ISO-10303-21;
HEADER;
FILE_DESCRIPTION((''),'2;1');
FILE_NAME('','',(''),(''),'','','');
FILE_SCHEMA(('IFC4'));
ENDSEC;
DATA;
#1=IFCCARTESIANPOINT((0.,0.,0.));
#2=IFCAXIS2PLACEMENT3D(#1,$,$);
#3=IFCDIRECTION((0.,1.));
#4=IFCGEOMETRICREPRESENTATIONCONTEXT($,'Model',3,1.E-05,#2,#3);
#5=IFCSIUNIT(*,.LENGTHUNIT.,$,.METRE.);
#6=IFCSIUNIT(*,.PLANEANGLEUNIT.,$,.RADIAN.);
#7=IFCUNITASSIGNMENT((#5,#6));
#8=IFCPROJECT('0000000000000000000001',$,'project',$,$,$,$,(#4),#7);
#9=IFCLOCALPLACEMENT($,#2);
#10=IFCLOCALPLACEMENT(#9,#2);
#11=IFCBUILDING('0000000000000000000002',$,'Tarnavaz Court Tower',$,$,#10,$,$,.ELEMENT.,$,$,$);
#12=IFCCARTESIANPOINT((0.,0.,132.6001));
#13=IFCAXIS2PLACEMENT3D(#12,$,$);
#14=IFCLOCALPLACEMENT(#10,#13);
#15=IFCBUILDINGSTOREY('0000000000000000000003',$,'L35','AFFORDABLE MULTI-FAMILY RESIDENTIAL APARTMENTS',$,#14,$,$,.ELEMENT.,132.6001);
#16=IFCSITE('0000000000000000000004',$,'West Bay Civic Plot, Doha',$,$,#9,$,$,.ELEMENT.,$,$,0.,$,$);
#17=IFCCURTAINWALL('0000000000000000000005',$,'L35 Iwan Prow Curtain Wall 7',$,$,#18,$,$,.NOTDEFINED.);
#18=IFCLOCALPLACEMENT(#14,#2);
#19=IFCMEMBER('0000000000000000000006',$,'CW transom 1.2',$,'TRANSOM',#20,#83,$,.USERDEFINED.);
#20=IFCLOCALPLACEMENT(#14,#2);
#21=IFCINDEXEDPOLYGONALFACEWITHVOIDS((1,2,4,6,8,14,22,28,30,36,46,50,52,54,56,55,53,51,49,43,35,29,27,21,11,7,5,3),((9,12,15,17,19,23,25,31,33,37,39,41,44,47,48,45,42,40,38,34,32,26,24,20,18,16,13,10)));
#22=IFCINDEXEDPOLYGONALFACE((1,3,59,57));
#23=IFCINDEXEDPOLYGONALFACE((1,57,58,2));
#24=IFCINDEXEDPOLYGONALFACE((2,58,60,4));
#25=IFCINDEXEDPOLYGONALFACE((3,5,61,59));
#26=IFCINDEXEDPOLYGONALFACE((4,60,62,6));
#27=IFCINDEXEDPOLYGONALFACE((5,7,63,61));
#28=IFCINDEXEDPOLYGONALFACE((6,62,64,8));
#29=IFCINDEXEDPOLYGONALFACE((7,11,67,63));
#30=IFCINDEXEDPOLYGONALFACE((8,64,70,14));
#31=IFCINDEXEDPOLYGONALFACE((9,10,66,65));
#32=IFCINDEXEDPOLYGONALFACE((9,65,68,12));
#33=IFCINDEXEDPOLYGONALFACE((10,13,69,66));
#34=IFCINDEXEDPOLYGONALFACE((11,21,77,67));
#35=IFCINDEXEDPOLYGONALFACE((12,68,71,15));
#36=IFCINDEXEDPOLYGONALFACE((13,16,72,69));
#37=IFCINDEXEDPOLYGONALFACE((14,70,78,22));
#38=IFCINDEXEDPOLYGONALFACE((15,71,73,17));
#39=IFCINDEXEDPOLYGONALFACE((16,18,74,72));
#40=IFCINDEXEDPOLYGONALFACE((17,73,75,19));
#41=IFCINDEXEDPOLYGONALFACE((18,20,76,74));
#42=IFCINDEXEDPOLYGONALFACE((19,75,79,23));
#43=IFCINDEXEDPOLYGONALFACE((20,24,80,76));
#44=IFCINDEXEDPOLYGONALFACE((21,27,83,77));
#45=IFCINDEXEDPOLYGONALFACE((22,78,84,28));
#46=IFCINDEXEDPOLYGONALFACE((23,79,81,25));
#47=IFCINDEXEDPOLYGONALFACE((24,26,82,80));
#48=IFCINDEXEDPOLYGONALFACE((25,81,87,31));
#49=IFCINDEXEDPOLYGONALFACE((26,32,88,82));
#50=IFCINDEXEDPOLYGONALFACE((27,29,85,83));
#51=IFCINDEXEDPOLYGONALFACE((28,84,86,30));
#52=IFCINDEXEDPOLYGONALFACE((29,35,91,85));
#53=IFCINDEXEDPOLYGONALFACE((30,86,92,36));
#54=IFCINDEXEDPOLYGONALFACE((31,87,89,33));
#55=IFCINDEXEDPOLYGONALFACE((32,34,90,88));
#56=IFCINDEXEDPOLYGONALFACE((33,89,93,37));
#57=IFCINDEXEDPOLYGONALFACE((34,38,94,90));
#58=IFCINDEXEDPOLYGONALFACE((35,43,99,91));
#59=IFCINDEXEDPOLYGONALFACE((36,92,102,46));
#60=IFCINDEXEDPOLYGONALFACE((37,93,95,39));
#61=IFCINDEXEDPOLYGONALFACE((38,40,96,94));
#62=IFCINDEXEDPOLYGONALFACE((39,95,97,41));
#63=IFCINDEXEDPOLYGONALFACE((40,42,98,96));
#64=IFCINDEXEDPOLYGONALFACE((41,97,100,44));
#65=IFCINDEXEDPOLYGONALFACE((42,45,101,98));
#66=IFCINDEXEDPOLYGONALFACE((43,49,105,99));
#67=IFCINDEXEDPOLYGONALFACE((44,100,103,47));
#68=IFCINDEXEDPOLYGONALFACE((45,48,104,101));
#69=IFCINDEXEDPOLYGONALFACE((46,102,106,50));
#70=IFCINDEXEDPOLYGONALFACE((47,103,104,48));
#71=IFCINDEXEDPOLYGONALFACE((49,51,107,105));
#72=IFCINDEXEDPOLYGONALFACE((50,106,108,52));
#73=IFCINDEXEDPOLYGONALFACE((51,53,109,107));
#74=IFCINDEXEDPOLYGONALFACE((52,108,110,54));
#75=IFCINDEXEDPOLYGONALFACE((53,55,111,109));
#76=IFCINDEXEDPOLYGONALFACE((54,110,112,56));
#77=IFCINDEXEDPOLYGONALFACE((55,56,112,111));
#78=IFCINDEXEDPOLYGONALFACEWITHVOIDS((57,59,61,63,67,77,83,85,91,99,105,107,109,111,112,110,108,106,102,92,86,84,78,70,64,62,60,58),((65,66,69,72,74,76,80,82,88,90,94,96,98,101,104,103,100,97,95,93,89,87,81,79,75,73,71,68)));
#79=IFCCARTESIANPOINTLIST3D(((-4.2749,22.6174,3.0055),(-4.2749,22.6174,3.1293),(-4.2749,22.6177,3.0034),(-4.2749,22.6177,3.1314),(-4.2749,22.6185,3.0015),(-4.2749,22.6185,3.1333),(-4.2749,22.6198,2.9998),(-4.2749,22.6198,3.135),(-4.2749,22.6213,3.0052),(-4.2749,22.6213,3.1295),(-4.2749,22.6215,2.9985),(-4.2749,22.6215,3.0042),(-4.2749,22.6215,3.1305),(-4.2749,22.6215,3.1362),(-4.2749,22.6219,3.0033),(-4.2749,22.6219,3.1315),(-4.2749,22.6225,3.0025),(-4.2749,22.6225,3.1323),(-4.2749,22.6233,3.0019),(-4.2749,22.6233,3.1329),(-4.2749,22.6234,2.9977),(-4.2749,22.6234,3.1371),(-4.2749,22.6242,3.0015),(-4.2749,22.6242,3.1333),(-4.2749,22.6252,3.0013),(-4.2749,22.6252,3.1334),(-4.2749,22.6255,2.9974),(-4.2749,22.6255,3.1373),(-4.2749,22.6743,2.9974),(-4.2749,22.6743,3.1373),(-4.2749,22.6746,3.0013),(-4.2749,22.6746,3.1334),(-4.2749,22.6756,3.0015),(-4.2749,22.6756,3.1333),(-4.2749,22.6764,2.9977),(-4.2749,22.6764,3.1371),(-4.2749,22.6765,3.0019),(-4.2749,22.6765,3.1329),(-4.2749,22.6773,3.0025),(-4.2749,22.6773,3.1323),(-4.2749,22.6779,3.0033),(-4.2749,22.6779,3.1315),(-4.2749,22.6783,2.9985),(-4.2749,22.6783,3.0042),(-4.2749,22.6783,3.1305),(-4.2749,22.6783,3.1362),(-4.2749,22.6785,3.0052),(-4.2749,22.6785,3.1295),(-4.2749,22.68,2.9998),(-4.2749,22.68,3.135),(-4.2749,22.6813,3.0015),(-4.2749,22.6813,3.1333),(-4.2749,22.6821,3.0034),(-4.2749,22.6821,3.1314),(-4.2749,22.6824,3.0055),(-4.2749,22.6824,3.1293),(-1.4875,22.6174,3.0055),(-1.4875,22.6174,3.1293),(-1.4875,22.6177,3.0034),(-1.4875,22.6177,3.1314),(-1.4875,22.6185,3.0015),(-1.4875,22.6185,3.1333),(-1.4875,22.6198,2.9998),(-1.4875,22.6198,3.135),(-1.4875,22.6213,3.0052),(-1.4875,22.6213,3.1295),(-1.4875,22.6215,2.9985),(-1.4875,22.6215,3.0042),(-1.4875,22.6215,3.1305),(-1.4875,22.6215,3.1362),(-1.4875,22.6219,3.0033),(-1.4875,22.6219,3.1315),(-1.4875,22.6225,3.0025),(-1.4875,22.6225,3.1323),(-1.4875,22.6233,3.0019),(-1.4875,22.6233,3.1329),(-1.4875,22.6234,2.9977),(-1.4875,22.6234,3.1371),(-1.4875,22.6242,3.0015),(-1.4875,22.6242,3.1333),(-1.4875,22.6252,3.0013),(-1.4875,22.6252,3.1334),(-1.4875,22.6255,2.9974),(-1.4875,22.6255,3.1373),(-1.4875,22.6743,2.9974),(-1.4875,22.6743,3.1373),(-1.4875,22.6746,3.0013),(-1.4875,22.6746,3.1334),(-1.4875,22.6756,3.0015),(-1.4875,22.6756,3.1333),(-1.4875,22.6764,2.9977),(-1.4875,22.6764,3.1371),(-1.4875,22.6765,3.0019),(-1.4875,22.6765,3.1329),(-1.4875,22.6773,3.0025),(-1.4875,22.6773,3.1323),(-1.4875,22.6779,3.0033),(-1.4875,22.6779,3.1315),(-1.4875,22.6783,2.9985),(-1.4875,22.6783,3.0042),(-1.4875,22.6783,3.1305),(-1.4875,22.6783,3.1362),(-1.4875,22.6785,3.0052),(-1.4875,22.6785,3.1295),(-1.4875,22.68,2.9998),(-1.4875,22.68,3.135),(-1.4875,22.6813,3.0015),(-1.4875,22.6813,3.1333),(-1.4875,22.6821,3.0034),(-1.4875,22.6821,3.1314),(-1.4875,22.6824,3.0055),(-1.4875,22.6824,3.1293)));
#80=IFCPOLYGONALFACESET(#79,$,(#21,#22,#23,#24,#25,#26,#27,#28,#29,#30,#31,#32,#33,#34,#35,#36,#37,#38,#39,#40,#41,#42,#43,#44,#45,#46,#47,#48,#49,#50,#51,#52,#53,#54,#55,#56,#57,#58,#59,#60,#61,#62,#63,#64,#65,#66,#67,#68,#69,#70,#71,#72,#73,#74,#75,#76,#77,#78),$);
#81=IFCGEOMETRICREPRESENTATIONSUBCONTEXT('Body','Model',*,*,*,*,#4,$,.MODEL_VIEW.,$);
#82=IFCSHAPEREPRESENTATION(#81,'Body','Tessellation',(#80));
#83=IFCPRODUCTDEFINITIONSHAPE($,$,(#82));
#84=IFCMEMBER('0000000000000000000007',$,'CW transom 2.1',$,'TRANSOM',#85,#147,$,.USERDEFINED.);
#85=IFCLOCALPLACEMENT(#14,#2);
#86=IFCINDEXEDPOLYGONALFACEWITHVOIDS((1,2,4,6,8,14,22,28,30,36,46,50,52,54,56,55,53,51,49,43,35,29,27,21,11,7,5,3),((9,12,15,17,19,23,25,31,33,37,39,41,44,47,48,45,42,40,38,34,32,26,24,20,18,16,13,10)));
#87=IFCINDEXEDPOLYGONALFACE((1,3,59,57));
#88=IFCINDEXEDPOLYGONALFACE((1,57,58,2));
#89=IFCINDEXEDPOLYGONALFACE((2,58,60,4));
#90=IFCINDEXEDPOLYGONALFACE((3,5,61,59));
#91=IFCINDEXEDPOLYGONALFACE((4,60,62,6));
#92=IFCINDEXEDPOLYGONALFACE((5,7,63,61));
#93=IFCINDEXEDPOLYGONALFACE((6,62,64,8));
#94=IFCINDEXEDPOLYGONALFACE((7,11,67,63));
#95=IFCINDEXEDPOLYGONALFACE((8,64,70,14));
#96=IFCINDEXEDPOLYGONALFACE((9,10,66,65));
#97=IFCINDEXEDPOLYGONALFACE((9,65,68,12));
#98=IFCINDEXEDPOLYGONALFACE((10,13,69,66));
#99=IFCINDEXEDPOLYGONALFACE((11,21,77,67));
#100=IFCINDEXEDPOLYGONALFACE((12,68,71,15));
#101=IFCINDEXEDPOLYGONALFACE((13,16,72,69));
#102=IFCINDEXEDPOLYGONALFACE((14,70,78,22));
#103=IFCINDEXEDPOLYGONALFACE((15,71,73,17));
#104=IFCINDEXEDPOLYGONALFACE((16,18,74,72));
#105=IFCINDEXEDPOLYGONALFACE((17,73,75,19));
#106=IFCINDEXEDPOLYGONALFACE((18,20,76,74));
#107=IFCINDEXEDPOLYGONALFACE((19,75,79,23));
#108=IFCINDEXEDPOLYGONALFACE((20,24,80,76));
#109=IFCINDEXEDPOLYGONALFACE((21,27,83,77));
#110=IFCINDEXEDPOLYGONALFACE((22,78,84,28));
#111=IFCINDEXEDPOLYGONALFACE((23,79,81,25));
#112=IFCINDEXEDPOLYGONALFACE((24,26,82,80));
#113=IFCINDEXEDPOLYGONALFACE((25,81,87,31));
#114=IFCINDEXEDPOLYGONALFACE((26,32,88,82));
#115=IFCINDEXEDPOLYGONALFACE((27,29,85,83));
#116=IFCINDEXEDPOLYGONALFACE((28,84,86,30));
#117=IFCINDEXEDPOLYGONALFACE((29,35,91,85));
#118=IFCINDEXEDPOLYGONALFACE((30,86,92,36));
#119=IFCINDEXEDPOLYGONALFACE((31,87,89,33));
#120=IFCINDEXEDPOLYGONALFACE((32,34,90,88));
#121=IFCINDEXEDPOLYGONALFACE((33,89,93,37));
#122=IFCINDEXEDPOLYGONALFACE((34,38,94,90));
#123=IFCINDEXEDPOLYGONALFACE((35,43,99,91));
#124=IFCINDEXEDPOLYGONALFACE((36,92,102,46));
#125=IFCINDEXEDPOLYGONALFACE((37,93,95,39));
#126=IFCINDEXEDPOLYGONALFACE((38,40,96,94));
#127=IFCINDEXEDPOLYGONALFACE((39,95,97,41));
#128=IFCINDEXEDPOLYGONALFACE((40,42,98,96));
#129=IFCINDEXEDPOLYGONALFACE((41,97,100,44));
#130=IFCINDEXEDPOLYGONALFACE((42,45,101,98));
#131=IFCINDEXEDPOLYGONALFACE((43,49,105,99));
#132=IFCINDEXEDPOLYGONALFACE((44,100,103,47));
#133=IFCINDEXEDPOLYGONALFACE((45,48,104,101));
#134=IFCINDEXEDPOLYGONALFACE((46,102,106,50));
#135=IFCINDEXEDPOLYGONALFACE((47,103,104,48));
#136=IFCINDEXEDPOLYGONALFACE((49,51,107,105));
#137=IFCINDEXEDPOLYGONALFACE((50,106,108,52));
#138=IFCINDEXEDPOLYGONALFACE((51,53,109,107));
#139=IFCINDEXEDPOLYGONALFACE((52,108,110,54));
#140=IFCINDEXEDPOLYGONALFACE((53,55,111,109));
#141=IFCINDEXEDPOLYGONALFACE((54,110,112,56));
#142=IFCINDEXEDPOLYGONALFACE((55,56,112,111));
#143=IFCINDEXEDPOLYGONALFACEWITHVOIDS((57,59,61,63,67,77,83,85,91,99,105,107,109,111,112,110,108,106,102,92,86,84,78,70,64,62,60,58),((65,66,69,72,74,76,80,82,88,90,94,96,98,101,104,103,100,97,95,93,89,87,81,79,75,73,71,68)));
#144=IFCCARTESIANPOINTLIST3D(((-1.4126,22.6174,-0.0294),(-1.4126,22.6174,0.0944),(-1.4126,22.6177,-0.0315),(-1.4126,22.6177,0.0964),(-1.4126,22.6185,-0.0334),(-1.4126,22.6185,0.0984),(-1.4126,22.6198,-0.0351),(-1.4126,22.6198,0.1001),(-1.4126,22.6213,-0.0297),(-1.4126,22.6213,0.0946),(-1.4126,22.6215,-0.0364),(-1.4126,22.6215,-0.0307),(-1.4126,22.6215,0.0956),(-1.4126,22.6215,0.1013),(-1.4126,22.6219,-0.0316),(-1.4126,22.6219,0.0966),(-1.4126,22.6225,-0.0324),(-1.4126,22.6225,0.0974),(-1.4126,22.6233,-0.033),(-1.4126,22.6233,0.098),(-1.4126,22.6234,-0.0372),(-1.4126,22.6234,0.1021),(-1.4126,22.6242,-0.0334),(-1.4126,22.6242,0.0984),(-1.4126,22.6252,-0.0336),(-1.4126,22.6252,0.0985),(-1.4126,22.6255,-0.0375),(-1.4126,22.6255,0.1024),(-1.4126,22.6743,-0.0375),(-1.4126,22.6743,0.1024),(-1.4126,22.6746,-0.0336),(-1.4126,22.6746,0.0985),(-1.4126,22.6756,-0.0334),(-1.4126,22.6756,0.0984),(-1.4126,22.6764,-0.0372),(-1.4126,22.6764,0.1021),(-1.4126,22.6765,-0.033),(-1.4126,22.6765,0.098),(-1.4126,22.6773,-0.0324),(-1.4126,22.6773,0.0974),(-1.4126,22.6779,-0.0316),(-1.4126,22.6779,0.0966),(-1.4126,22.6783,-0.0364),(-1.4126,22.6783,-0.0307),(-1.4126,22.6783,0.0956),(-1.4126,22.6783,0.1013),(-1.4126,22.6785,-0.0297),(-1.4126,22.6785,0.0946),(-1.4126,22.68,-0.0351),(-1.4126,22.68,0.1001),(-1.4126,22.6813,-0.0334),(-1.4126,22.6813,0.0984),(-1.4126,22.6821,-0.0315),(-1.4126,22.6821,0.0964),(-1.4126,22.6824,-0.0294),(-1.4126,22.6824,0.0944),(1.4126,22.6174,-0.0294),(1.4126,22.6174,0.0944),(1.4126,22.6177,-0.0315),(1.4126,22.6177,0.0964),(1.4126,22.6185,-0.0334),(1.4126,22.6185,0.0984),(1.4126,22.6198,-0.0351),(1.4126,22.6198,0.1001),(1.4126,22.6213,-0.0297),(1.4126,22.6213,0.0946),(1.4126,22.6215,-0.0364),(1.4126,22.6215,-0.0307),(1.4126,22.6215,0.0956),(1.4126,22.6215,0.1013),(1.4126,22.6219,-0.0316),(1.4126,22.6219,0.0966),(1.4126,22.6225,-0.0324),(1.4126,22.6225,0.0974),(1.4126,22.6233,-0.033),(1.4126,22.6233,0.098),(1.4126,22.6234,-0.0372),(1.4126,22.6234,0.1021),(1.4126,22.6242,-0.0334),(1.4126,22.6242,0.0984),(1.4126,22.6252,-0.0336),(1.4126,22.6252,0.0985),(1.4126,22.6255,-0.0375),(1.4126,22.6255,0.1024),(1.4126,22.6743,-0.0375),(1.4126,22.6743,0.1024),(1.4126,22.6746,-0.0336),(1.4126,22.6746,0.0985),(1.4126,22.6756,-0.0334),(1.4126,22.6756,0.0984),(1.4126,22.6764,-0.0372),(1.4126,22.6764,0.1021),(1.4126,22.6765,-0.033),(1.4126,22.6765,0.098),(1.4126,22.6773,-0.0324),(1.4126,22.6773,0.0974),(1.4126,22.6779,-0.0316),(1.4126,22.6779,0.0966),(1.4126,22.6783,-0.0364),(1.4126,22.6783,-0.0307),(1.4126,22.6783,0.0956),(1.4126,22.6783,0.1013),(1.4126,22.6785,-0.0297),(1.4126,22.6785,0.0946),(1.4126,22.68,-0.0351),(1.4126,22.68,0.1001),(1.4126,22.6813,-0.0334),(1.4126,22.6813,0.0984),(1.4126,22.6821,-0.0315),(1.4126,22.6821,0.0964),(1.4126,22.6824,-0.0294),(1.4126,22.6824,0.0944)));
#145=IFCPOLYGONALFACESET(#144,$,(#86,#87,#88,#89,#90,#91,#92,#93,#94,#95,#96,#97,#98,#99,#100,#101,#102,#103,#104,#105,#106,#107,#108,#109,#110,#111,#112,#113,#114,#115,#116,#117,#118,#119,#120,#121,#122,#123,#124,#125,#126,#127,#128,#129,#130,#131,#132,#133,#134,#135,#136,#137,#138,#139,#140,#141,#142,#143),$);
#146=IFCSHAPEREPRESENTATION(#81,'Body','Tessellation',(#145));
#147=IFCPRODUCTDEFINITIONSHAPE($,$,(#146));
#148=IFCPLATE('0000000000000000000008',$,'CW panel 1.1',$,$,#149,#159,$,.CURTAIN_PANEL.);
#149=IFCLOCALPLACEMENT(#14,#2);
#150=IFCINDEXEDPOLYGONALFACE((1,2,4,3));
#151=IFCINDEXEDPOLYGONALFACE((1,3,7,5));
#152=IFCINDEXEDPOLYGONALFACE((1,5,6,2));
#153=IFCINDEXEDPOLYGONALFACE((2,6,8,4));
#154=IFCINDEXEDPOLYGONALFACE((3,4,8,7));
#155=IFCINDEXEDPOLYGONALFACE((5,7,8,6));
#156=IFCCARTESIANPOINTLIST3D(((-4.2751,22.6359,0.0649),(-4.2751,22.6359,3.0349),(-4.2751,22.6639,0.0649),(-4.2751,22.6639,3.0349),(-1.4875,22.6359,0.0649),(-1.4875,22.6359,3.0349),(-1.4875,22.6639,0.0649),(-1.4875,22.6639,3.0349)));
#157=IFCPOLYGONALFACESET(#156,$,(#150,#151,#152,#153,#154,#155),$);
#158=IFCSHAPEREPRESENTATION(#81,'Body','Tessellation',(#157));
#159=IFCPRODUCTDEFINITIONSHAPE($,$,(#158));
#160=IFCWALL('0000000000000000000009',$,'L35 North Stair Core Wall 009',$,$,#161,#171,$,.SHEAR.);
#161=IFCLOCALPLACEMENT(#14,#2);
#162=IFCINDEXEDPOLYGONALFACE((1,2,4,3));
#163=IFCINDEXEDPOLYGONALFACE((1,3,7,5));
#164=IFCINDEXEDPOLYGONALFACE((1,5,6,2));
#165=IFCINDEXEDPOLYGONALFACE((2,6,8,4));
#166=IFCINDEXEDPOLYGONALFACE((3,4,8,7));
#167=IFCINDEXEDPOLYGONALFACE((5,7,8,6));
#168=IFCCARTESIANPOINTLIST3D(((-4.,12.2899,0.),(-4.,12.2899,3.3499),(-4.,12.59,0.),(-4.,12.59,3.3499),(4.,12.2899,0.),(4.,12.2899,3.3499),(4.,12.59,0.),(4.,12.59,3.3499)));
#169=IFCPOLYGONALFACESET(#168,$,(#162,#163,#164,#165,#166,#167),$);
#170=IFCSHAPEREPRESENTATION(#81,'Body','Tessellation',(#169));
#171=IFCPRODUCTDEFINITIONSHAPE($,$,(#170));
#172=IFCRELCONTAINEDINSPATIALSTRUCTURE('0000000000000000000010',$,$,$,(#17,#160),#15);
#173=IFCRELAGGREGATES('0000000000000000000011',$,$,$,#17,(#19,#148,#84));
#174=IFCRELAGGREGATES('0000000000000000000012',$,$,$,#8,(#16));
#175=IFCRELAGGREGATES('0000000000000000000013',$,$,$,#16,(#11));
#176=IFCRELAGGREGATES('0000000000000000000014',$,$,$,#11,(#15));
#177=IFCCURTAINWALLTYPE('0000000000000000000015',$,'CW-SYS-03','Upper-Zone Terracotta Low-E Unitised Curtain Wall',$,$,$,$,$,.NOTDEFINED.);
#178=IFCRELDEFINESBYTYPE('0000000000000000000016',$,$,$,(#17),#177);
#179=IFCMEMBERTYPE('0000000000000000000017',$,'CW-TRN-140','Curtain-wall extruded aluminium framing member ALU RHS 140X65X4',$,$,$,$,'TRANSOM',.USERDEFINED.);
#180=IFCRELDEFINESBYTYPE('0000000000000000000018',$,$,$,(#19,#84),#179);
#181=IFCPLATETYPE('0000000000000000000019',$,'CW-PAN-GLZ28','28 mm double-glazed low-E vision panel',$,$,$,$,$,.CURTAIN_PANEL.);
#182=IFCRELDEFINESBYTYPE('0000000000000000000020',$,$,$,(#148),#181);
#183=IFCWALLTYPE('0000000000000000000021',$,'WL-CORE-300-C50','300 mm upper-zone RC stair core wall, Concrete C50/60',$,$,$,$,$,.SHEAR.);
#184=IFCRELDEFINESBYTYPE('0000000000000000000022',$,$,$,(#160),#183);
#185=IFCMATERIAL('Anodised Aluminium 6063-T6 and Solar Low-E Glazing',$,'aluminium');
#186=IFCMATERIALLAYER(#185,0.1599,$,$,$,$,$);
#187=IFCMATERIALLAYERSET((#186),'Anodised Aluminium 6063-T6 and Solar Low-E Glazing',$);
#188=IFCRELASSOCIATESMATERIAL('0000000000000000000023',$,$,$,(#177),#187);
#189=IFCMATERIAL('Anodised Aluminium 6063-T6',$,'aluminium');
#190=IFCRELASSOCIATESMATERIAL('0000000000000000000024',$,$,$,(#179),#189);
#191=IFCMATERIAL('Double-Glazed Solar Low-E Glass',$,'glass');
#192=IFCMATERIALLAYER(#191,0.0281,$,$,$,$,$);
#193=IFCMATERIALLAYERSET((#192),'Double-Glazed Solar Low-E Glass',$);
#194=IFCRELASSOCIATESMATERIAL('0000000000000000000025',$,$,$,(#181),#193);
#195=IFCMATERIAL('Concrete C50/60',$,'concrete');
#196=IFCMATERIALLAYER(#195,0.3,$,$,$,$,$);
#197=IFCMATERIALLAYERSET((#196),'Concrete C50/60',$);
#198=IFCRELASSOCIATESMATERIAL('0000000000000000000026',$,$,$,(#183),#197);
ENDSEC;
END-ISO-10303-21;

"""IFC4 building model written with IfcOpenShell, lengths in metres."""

from ifc_helpers import new_model, si_unit, direction, frame, frame_2d, origin, origin_2d, place, context, subcontext, project, spatial, rectangle, hollow_rectangle, extrude, material, layer, layer_set, material_profile, profile_set, type_object, element, aggregate, save


model = new_model("IFC4")

# Units and contexts
model_context = context("Model", 3, precision=1e-05, world=origin(), true_north=direction((0.0, 1.0)))
body_context = subcontext(model_context, "Body", "Model", "MODEL_VIEW")
ifc_project = project(units=[si_unit("LENGTHUNIT", "METRE"), si_unit("PLANEANGLEUNIT", "RADIAN")], contexts=[model_context])

# Site, building, storey
site_placement = place(None, origin())
site = spatial("IfcSite", under=ifc_project, at=site_placement, Name="West Bay Civic Plot, Doha", CompositionType="ELEMENT", RefElevation=0.0)
building_placement = place(site_placement, origin())
building = spatial("IfcBuilding", under=site, at=building_placement, Name="Tarnavaz Court Tower", CompositionType="ELEMENT")
storey_placement = place(building_placement, frame((0.0, 0.0, 132.6001)))
storey = spatial("IfcBuildingStorey", under=building, at=storey_placement, Name="L35", Description="AFFORDABLE MULTI-FAMILY RESIDENTIAL APARTMENTS", CompositionType="ELEMENT", Elevation=132.6001)

# Shared definitions
ifc_material_1 = material(Name="Concrete C50/60", Category="concrete")

# Curtain wall, members, plate
ifc_material_2 = material(Name="Anodised Aluminium 6063-T6 and Solar Low-E Glazing", Category="aluminium")
ifc_layer_1 = layer(ifc_material_2, 0.1599)
ifc_layer_set_1 = layer_set([ifc_layer_1], Name="Anodised Aluminium 6063-T6 and Solar Low-E Glazing")
curtain_wall_type = type_object("IfcCurtainWallType", Name="CW-SYS-03", Description="Upper-Zone Terracotta Low-E Unitised Curtain Wall", PredefinedType="NOTDEFINED", material=ifc_layer_set_1)
curtain_wall_placement = place(storey_placement, origin())
curtain_wall = element("IfcCurtainWall", 1, at=curtain_wall_placement, inside=storey, type_object=curtain_wall_type, Name="L35 Iwan Prow Curtain Wall 7", PredefinedType="NOTDEFINED")
ifc_material_3 = material(Name="Anodised Aluminium 6063-T6", Category="aluminium")
ifc_material_profile_1 = material_profile(ifc_material_3, hollow_rectangle(XDim=0.0649, YDim=0.1399, WallThickness=0.0039, InnerFilletRadius=0.0039, OuterFilletRadius=0.0081, at=origin_2d()), Name="ALU RHS 140X65X4")
ifc_profile_set_1 = profile_set([ifc_material_profile_1], Name="Anodised Aluminium 6063-T6")
member_type_1 = type_object("IfcMemberType", Name="CW-TRN-140", Description="Curtain-wall extruded aluminium framing member ALU RHS 140X65X4", ElementType="TRANSOM", PredefinedType="USERDEFINED", material=ifc_profile_set_1)
member_1_placement = place(storey_placement, frame((-4.2749, 22.6499, 3.0674), z_axis=(1.0, 0.0, 0.0), x_axis=(0.0, 1.0, 0.0)))
member_1 = element("IfcMember", 2, at=member_1_placement, type_object=member_type_1, Name="CW transom 1.2", ObjectType="TRANSOM", PredefinedType="USERDEFINED", context=body_context, shape_type="SweptSolid", body=[
    extrude(hollow_rectangle(XDim=0.0649, YDim=0.1399, WallThickness=0.0039, InnerFilletRadius=0.0039, OuterFilletRadius=0.0081, at=origin_2d()), origin(), (0.0, 0.0, 1.0), 2.7874),
])
member_2_placement = place(storey_placement, frame((-1.4126, 22.6499, 0.0325), z_axis=(1.0, 0.0, 0.0), x_axis=(0.0, 1.0, 0.0)))
member_2 = element("IfcMember", 3, at=member_2_placement, type_object=member_type_1, Name="CW transom 2.1", ObjectType="TRANSOM", PredefinedType="USERDEFINED", context=body_context, shape_type="SweptSolid", body=[
    extrude(hollow_rectangle(XDim=0.0649, YDim=0.1399, WallThickness=0.0039, InnerFilletRadius=0.0039, OuterFilletRadius=0.0081, at=origin_2d()), origin(), (0.0, 0.0, 1.0), 2.8252),
])
ifc_material_4 = material(Name="Double-Glazed Solar Low-E Glass", Category="glass")
ifc_layer_2 = layer(ifc_material_4, 0.0281)
ifc_layer_set_2 = layer_set([ifc_layer_2], Name="Double-Glazed Solar Low-E Glass")
plate_type = type_object("IfcPlateType", Name="CW-PAN-GLZ28", Description="28 mm double-glazed low-E vision panel", PredefinedType="CURTAIN_PANEL", material=ifc_layer_set_2)
plate_placement = place(storey_placement, frame((-2.8813, 22.6499, 0.0649), z_axis=(0.0, 0.0, 1.0), x_axis=(1.0, 0.0, 0.0)))
plate = element("IfcPlate", 4, at=plate_placement, type_object=plate_type, Name="CW panel 1.1", PredefinedType="CURTAIN_PANEL", context=body_context, shape_type="SweptSolid", body=[
    extrude(rectangle(XDim=2.7876, YDim=0.0281, at=origin_2d()), origin(), (0.0, 0.0, 1.0), 2.97),
])
aggregate(curtain_wall, [member_1, plate, member_2])

# Wall
ifc_layer_3 = layer(ifc_material_1, 0.3)
ifc_layer_set_3 = layer_set([ifc_layer_3], Name="Concrete C50/60")
wall_type_1 = type_object("IfcWallType", Name="WL-CORE-300-C50", Description="300 mm upper-zone RC stair core wall, Concrete C50/60", PredefinedType="SHEAR", material=ifc_layer_set_3)
wall_1_placement = place(storey_placement, frame((-4.0, 12.4399, 0.0), z_axis=(0.0, 0.0, 1.0), x_axis=(1.0, 0.0, 0.0)))
element("IfcWall", 5, at=wall_1_placement, inside=storey, type_object=wall_type_1, Name="L35 North Stair Core Wall 009", PredefinedType="SHEAR", context=body_context, shape_type="SweptSolid", body=[
    extrude(rectangle(XDim=8.0, YDim=0.3, at=frame_2d((4.0, 0.0))), origin(), (0.0, 0.0, 1.0), 3.3499),
])

save(model, "model.ifc")
